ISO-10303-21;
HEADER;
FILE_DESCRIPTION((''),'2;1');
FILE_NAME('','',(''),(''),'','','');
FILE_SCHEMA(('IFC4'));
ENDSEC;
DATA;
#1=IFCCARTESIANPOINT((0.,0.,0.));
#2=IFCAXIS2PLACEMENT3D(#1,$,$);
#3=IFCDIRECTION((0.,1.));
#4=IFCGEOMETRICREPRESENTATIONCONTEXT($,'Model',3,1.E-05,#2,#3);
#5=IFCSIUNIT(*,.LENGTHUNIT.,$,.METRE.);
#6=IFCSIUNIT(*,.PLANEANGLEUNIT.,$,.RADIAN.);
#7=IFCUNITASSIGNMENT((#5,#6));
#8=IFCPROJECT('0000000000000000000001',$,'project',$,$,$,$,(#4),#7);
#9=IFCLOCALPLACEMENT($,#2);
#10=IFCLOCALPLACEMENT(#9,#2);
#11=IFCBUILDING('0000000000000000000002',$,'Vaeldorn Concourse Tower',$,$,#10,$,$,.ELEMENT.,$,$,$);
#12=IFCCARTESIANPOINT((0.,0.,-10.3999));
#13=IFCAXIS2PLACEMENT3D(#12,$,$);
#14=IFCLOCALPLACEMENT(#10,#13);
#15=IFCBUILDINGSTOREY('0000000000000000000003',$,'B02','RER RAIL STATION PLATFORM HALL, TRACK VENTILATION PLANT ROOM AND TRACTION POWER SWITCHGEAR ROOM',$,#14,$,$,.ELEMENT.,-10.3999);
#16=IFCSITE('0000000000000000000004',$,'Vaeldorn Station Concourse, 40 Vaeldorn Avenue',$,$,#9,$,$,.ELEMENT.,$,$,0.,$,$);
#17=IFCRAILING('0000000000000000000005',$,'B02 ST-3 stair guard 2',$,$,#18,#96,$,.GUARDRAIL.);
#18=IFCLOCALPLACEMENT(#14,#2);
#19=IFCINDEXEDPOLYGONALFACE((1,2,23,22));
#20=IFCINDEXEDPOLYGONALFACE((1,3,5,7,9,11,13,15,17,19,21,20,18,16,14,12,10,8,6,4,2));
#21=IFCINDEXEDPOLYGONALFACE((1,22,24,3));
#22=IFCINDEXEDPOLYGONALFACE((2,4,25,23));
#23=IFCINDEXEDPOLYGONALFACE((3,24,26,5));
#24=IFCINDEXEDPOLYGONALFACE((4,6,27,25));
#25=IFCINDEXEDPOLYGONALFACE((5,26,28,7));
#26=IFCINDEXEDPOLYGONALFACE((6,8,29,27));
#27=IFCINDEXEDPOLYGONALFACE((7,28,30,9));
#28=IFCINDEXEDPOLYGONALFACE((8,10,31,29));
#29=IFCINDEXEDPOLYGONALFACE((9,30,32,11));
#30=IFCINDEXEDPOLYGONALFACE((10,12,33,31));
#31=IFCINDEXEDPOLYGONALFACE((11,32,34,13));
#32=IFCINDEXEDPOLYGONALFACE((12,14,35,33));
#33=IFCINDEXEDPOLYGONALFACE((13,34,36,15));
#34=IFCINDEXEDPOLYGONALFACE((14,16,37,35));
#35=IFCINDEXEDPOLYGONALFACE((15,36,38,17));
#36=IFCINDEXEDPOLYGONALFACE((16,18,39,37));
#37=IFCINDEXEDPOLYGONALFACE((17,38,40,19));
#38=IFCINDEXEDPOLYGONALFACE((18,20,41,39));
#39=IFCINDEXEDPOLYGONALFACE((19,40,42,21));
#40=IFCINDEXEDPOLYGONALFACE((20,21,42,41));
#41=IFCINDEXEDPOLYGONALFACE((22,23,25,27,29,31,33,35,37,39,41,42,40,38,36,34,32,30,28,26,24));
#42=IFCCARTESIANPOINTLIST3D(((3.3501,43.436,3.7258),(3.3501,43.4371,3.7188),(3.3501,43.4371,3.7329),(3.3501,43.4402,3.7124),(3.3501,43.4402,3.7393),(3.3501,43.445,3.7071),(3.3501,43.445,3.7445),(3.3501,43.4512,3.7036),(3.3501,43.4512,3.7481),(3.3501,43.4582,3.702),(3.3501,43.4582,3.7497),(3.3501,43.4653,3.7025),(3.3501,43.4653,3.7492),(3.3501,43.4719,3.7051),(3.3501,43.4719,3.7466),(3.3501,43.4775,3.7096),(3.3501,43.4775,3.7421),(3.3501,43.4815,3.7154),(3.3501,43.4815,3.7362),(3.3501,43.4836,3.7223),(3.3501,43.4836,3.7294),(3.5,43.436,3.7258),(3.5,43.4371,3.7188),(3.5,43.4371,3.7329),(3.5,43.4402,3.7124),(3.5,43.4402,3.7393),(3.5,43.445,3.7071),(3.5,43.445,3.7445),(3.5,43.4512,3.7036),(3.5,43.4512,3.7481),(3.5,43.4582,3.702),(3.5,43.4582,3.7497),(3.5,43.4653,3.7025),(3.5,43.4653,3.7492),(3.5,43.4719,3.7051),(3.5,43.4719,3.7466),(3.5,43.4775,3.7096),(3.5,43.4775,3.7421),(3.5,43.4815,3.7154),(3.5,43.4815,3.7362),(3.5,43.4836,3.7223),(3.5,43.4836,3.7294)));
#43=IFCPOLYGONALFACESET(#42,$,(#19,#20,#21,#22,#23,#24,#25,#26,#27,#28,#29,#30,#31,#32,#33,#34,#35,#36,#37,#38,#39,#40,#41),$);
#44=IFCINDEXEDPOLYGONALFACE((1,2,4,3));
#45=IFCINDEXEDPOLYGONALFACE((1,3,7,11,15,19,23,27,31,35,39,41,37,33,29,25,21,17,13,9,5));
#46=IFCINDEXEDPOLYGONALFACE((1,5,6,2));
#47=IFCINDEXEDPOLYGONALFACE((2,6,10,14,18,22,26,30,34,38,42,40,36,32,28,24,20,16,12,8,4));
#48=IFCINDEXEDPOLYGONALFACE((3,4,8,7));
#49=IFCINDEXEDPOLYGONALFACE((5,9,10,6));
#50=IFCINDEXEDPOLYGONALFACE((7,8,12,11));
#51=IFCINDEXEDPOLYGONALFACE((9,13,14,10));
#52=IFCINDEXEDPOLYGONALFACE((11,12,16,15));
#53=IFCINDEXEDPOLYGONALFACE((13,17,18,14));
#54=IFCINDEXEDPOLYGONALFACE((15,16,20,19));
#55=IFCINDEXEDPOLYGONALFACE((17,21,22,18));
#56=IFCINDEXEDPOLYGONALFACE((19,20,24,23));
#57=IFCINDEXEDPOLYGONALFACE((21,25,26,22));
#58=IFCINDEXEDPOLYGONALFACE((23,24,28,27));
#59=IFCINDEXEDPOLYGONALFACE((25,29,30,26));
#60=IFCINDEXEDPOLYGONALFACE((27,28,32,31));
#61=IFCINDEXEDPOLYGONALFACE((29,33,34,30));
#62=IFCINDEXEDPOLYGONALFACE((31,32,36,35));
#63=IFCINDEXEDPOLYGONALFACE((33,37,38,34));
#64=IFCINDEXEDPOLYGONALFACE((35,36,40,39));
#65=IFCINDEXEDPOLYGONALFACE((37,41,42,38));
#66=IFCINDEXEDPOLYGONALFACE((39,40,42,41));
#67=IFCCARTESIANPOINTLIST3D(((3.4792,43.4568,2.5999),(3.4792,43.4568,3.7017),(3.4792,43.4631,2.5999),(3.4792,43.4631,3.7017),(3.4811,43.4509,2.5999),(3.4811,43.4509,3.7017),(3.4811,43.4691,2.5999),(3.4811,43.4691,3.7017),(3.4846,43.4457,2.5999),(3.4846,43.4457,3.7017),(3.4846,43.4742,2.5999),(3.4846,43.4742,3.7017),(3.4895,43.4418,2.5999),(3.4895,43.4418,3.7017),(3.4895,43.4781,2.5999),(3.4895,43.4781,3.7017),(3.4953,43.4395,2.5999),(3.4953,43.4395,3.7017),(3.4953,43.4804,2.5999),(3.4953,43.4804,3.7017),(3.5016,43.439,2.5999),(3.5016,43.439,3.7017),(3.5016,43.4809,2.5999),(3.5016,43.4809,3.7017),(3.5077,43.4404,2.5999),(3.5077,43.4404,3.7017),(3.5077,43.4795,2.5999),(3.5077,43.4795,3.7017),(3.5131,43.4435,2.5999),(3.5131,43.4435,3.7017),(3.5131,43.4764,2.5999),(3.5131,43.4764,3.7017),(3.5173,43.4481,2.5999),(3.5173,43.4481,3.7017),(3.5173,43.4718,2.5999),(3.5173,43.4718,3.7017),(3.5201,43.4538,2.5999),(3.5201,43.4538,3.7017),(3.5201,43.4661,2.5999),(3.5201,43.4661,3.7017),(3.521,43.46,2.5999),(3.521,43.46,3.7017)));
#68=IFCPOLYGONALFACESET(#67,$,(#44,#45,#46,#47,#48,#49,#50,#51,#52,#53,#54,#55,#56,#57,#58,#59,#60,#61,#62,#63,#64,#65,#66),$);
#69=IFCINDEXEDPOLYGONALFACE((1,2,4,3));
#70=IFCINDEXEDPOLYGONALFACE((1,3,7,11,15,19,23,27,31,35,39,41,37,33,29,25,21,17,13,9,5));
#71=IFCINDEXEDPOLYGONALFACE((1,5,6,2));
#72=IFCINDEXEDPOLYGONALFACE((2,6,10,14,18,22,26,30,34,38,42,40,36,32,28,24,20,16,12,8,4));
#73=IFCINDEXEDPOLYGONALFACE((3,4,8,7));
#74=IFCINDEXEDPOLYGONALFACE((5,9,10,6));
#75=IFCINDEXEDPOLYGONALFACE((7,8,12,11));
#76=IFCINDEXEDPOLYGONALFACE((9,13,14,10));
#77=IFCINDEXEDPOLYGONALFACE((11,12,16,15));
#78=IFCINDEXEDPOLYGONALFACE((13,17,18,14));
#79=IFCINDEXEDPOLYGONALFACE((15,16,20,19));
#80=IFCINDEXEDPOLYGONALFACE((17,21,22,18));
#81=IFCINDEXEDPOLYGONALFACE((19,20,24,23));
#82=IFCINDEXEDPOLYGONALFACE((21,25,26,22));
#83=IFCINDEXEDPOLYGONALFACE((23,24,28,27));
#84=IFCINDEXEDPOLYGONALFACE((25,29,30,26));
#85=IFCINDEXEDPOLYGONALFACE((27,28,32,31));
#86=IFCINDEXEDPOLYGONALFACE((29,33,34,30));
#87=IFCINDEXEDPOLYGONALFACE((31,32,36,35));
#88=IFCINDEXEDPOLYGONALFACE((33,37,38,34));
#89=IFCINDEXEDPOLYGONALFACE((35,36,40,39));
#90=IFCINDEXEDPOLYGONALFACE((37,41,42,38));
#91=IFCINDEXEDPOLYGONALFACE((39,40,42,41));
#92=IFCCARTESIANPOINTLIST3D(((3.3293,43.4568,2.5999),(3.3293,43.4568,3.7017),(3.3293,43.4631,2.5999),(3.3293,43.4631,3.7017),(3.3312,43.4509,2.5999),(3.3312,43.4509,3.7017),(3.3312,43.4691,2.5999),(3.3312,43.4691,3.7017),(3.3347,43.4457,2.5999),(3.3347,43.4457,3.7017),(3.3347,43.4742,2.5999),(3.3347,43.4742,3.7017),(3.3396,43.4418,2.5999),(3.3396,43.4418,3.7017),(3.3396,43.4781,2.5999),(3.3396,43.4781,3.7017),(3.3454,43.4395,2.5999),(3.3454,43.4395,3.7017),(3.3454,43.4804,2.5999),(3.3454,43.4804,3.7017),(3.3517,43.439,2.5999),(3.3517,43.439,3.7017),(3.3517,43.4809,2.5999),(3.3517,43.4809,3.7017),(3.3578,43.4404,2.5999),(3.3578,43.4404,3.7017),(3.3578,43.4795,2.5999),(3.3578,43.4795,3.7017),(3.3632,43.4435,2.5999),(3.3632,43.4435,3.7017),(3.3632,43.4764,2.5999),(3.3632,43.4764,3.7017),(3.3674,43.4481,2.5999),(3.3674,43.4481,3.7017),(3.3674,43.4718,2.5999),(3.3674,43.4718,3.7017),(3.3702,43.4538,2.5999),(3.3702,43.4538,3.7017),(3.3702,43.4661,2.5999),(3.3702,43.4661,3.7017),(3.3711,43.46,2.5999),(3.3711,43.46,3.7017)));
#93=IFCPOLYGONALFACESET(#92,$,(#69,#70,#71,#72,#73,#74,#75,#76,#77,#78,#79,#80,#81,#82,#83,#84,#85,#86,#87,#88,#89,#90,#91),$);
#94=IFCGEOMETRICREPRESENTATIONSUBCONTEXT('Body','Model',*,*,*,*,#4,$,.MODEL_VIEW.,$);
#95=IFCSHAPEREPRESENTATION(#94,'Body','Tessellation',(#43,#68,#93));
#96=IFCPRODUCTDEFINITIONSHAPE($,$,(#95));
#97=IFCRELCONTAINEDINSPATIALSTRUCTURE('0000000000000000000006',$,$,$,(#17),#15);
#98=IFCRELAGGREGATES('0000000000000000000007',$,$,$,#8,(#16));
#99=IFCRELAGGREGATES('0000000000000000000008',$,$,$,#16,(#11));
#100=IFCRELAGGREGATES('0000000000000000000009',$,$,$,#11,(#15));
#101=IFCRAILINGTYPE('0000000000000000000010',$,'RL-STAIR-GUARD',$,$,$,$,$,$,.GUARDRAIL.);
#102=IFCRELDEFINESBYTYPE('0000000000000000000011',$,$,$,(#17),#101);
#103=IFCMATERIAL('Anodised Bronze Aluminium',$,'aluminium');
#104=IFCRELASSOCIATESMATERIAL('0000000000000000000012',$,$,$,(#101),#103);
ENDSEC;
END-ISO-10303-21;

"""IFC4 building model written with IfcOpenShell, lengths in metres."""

from ifc_helpers import new_model, si_unit, direction, frame, origin, origin_2d, place, context, subcontext, project, spatial, circle, extrude, material, type_object, element, save


model = new_model("IFC4")

# Units and contexts
model_context = context("Model", 3, precision=1e-05, world=origin(), true_north=direction((0.0, 1.0)))
body_context = subcontext(model_context, "Body", "Model", "MODEL_VIEW")
ifc_project = project(units=[si_unit("LENGTHUNIT", "METRE"), si_unit("PLANEANGLEUNIT", "RADIAN")], contexts=[model_context])

# Site, building, storey
site_placement = place(None, origin())
site = spatial("IfcSite", under=ifc_project, at=site_placement, Name="Vaeldorn Station Concourse, 40 Vaeldorn Avenue", CompositionType="ELEMENT", RefElevation=0.0)
building_placement = place(site_placement, origin())
building = spatial("IfcBuilding", under=site, at=building_placement, Name="Vaeldorn Concourse Tower", CompositionType="ELEMENT")
storey_placement = place(building_placement, frame((0.0, 0.0, -10.3999)))
storey = spatial("IfcBuildingStorey", under=building, at=storey_placement, Name="B02", Description="RER RAIL STATION PLATFORM HALL, TRACK VENTILATION PLANT ROOM AND TRACTION POWER SWITCHGEAR ROOM", CompositionType="ELEMENT", Elevation=-10.3999)

# Railing
ifc_material_1 = material(Name="Anodised Bronze Aluminium", Category="aluminium")
railing_type_1 = type_object("IfcRailingType", Name="RL-STAIR-GUARD", PredefinedType="GUARDRAIL", material=ifc_material_1)
railing_1_placement = place(storey_placement, frame((3.5, 43.46, 2.5999)))
element("IfcRailing", 1, at=railing_1_placement, inside=storey, type_object=railing_type_1, Name="B02 ST-3 stair guard 2", PredefinedType="GUARDRAIL", context=body_context, shape_type="SweptSolid", body=[
    extrude(circle(Radius=0.0239, at=origin_2d()), frame((0.0, 0.0, 1.126), z_axis=(-1.0, 0.0, 0.0), x_axis=(0.0, -1.0, 0.0)), (0.0, 0.0, 1.0), 0.1499),
    extrude(circle(Radius=0.021, at=origin_2d()), origin(), (0.0, 0.0, 1.0), 1.1018),
    extrude(circle(Radius=0.021, at=origin_2d()), frame((-0.1499, 0.0, 0.0)), (0.0, 0.0, 1.0), 1.1018),
])

save(model, "model.ifc")
